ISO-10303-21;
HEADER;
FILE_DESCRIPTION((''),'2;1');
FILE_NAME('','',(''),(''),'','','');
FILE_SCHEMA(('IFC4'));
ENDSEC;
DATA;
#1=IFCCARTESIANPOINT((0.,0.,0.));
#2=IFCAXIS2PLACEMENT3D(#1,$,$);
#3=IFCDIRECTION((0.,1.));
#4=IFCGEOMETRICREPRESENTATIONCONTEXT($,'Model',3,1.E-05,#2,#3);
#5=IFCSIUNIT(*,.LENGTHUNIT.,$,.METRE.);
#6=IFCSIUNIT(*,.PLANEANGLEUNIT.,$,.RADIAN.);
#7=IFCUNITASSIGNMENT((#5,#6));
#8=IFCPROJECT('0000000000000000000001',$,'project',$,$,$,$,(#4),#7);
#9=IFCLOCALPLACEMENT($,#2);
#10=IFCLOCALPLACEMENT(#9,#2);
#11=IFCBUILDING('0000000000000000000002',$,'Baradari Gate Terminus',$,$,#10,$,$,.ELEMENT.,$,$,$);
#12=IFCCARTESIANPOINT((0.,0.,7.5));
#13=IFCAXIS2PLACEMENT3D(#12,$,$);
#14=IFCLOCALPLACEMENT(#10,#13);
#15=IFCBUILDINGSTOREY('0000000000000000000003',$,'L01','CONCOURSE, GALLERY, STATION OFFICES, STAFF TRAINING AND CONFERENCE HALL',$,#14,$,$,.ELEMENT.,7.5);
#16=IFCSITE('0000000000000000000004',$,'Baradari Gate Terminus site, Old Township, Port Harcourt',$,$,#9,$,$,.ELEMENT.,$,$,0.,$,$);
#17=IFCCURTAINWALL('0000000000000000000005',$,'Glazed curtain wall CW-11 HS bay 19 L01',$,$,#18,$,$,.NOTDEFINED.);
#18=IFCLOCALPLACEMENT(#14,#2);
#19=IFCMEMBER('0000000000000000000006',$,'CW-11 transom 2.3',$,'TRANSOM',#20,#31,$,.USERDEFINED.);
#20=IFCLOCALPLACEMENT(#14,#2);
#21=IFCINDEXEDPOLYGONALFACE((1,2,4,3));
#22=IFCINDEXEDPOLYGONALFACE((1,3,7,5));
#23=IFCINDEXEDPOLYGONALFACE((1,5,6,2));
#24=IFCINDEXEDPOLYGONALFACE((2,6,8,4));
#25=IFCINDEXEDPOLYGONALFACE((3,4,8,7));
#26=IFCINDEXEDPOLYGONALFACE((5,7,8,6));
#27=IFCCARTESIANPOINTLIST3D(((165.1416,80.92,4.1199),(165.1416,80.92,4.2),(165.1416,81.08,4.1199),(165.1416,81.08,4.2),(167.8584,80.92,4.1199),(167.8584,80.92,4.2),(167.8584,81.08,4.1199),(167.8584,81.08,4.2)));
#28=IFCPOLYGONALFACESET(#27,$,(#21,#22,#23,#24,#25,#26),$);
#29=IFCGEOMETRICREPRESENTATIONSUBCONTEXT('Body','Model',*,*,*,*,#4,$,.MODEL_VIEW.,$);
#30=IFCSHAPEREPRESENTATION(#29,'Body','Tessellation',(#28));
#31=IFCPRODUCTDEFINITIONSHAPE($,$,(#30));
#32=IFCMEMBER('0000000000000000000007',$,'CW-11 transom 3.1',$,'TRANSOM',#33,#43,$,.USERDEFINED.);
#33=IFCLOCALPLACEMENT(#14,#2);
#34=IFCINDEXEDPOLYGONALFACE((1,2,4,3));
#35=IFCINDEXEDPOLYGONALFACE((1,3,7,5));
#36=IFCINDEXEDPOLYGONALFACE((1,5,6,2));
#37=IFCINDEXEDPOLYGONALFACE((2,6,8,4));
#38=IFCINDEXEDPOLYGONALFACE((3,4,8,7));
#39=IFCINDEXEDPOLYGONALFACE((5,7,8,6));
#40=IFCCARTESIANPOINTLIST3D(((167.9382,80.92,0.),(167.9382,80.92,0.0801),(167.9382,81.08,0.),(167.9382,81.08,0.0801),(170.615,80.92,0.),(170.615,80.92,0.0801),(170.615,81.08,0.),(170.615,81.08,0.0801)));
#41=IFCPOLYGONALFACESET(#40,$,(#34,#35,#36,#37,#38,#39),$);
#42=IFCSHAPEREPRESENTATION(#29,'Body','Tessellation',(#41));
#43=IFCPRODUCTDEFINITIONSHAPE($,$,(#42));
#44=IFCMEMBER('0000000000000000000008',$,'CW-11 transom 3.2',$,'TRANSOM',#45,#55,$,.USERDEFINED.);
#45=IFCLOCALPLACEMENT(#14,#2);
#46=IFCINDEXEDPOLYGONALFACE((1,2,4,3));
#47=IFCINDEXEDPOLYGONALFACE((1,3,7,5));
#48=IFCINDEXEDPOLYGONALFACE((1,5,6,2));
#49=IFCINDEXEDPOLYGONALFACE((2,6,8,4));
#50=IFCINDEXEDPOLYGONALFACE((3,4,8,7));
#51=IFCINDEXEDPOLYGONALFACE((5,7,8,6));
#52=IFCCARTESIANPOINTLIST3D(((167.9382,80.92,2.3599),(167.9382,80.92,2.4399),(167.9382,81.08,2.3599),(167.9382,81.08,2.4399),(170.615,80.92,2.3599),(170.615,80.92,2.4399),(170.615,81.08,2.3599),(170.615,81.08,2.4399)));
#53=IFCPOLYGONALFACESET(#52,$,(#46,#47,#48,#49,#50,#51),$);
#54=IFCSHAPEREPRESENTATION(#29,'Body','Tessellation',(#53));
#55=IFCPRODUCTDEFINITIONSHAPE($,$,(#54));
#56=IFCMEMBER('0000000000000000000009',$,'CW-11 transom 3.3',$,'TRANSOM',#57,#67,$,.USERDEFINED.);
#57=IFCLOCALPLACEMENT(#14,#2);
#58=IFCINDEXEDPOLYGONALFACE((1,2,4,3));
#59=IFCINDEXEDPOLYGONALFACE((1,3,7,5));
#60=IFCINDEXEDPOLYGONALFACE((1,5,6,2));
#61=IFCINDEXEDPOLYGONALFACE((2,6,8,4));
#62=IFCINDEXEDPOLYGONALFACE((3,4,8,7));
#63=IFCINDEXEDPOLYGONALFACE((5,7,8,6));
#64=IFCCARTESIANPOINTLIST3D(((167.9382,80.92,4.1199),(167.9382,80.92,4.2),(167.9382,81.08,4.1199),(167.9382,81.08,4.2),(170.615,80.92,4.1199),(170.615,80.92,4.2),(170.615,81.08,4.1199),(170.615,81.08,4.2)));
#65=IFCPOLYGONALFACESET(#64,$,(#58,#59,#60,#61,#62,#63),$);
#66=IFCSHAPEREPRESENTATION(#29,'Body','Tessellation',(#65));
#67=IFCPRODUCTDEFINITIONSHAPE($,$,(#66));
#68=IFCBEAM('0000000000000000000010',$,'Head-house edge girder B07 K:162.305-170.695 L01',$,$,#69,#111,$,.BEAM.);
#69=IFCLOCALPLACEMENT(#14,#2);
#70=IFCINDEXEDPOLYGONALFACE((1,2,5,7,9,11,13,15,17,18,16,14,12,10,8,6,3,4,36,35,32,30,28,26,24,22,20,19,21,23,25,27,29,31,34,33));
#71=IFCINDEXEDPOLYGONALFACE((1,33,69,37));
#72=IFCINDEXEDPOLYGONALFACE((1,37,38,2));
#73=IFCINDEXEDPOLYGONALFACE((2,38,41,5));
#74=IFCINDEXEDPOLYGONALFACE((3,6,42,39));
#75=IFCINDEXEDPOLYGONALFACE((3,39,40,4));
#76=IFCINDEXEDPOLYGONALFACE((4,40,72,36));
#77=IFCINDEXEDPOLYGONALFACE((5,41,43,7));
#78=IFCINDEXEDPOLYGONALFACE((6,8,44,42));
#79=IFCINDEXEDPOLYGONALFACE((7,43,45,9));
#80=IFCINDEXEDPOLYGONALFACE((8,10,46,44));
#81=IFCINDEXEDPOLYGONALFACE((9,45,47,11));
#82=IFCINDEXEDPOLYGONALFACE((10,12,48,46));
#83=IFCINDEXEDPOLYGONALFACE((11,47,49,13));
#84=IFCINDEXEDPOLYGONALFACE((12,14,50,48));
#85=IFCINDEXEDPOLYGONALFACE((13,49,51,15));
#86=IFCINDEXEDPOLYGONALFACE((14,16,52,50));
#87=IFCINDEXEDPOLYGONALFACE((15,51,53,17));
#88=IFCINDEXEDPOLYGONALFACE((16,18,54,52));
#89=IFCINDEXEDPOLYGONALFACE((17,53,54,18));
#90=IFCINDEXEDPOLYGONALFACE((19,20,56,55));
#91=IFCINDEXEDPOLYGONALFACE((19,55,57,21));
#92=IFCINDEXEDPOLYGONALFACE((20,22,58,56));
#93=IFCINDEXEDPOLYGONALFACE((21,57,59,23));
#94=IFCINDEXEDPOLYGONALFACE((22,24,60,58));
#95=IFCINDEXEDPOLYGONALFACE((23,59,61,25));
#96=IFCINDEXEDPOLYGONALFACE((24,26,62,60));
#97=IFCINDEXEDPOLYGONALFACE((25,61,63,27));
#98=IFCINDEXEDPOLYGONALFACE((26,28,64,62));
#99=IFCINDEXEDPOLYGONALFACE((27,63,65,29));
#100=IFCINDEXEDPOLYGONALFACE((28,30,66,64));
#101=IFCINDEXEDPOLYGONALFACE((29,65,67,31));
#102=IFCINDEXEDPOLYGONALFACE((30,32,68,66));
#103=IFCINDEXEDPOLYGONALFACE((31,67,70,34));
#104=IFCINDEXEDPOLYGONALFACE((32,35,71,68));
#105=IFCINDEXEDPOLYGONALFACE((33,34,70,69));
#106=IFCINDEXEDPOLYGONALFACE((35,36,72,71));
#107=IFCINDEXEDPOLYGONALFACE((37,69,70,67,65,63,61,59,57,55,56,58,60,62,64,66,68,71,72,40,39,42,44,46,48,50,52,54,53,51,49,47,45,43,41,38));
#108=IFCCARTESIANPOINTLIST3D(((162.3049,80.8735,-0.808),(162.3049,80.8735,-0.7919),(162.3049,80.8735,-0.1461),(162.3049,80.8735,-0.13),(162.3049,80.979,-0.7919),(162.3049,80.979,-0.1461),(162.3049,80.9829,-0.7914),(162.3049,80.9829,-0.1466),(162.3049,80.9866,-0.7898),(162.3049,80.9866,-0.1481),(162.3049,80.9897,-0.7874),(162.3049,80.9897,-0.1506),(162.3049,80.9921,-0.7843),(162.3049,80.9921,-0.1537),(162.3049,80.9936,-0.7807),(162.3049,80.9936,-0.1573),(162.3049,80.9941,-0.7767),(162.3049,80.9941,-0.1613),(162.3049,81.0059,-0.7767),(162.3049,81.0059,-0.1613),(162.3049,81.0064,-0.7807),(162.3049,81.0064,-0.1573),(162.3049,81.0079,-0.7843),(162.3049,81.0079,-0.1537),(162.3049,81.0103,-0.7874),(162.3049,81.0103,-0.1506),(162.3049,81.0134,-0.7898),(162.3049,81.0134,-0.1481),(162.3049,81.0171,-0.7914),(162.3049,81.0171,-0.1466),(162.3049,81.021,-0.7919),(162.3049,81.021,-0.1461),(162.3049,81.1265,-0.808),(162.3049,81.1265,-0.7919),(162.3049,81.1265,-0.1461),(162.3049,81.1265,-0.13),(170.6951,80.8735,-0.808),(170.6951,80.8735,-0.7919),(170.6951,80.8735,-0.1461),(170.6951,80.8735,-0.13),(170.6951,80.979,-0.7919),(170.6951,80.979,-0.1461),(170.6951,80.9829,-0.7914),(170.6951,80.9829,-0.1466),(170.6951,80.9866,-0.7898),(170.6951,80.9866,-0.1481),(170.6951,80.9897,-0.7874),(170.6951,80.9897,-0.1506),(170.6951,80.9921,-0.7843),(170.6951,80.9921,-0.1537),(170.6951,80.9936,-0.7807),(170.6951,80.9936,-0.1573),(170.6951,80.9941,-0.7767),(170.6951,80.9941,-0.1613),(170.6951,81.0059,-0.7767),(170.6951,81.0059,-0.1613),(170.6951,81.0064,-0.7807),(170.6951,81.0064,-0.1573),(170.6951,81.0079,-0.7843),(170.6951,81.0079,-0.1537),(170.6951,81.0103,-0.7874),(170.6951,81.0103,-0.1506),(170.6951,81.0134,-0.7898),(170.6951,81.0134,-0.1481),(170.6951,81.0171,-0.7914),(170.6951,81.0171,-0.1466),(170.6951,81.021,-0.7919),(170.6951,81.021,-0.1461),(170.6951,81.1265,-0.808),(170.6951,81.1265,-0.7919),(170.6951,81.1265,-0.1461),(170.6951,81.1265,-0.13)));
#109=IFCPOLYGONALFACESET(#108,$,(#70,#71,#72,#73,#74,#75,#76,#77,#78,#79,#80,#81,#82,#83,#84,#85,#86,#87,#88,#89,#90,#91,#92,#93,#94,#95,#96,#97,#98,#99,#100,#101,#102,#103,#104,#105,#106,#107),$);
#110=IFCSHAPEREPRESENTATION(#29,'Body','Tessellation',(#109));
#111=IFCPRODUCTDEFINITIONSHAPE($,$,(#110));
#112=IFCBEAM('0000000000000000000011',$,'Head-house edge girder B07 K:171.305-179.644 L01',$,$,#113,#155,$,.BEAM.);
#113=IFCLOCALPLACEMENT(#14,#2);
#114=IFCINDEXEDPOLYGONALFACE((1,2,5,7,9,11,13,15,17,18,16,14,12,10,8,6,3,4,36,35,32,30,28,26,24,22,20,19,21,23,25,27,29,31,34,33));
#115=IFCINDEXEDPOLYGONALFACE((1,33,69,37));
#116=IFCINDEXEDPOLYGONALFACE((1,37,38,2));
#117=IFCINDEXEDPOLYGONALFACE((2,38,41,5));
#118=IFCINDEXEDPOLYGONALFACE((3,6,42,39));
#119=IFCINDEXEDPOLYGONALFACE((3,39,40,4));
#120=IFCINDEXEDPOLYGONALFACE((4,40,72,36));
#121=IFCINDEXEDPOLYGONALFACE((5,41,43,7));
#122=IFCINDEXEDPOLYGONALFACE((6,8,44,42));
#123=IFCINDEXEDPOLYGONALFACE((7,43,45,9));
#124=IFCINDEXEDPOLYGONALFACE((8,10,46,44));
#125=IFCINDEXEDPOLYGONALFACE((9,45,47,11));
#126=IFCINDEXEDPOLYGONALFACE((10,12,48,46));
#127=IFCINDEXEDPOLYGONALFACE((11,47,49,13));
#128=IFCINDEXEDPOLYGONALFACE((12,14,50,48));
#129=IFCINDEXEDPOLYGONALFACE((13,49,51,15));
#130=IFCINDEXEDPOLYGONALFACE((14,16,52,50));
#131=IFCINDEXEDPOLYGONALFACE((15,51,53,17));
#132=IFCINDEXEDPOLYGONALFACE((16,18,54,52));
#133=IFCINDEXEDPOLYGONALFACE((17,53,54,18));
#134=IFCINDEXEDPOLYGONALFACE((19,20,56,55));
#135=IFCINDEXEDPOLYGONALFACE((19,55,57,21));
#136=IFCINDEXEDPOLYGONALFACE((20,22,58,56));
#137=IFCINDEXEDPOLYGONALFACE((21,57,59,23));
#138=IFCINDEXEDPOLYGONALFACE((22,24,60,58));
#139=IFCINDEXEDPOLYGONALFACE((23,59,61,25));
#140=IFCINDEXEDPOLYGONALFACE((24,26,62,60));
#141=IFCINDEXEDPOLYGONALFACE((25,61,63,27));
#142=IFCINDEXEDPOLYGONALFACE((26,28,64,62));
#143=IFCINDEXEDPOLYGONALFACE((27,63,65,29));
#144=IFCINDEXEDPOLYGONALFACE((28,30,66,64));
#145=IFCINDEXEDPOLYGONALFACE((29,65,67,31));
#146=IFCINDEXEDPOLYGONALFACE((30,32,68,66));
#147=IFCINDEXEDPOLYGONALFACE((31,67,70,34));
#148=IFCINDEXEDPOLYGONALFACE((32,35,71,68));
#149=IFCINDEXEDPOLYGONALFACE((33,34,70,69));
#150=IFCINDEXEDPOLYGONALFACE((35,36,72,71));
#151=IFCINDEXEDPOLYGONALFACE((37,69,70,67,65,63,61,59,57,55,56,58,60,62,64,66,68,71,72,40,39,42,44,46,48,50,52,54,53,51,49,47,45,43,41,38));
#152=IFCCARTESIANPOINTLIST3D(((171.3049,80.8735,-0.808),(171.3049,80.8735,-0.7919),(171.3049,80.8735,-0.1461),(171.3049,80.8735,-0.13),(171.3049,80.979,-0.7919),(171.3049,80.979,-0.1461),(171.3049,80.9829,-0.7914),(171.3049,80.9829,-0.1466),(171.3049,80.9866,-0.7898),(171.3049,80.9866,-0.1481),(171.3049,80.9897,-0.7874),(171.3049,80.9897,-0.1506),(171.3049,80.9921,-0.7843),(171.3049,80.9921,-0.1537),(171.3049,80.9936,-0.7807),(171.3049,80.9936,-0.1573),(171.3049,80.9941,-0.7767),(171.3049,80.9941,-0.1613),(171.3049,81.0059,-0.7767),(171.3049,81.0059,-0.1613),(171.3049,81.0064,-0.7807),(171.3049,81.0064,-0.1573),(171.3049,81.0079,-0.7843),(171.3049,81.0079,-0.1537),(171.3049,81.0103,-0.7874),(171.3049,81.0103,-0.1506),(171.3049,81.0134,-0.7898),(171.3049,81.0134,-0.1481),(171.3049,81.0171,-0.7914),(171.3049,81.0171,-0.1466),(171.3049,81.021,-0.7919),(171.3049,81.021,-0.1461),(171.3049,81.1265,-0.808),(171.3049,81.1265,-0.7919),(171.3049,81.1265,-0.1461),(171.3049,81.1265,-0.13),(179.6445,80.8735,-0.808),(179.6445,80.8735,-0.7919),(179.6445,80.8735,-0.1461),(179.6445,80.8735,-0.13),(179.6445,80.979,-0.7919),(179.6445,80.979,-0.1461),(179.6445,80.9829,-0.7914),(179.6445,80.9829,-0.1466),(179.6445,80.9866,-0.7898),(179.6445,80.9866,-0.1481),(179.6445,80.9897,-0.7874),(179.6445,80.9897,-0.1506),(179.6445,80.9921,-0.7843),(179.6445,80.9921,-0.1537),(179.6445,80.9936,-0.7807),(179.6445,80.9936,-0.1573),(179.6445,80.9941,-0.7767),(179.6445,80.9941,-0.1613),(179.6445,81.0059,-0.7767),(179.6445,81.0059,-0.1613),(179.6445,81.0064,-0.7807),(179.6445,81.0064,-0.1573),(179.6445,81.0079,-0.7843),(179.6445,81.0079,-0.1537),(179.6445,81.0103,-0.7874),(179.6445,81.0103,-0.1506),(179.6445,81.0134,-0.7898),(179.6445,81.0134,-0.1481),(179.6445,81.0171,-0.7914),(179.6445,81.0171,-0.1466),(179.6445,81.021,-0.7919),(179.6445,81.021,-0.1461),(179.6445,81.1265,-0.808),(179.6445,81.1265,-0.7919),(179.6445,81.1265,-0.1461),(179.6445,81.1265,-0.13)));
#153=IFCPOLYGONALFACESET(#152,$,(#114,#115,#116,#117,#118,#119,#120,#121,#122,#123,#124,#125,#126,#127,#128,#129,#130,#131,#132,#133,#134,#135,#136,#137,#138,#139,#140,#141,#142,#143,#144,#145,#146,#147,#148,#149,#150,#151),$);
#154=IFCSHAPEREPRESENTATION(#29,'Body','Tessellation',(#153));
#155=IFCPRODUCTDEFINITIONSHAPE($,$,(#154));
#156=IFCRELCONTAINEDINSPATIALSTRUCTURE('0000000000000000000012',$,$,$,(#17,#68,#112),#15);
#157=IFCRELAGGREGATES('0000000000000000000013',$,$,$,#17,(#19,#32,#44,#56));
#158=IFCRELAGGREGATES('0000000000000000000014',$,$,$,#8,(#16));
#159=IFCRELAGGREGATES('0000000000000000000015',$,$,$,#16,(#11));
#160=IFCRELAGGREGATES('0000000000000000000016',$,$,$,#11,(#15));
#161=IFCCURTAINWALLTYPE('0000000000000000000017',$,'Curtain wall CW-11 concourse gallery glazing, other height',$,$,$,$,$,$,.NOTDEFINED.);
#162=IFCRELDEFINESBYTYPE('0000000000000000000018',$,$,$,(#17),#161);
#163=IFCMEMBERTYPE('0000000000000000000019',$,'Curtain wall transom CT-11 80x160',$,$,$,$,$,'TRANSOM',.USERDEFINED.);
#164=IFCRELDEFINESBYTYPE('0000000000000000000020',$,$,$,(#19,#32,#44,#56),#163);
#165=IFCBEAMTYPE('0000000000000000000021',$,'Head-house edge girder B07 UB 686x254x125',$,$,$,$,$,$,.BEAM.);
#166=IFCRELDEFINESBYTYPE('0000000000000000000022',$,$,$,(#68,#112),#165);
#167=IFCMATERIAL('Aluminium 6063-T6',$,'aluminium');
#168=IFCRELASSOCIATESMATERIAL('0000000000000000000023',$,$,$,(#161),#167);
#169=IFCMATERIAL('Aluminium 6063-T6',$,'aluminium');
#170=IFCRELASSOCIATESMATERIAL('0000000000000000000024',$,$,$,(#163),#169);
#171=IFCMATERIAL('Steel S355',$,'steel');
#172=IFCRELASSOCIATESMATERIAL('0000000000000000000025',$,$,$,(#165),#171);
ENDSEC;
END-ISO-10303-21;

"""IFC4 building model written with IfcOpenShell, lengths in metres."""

from ifc_helpers import new_model, si_unit, direction, frame, origin, origin_2d, place, context, subcontext, project, spatial, rectangle, i_section, extrude, material, material_profile, profile_set, type_object, element, aggregate, save


model = new_model("IFC4")

# Units and contexts
model_context = context("Model", 3, precision=1e-05, world=origin(), true_north=direction((0.0, 1.0)))
body_context = subcontext(model_context, "Body", "Model", "MODEL_VIEW")
ifc_project = project(units=[si_unit("LENGTHUNIT", "METRE"), si_unit("PLANEANGLEUNIT", "RADIAN")], contexts=[model_context])

# Site, building, storey
site_placement = place(None, origin())
site = spatial("IfcSite", under=ifc_project, at=site_placement, Name="Baradari Gate Terminus site, Old Township, Port Harcourt", CompositionType="ELEMENT", RefElevation=0.0)
building_placement = place(site_placement, origin())
building = spatial("IfcBuilding", under=site, at=building_placement, Name="Baradari Gate Terminus", CompositionType="ELEMENT")
storey_placement = place(building_placement, frame((0.0, 0.0, 7.5)))
storey = spatial("IfcBuildingStorey", under=building, at=storey_placement, Name="L01", Description="CONCOURSE, GALLERY, STATION OFFICES, STAFF TRAINING AND CONFERENCE HALL", CompositionType="ELEMENT", Elevation=7.5)

# Curtain wall, members
ifc_material_1 = material(Name="Aluminium 6063-T6", Category="aluminium")
curtain_wall_type = type_object("IfcCurtainWallType", Name="Curtain wall CW-11 concourse gallery glazing, other height", PredefinedType="NOTDEFINED", material=ifc_material_1)
curtain_wall_placement = place(storey_placement, origin())
curtain_wall = element("IfcCurtainWall", 1, at=curtain_wall_placement, inside=storey, type_object=curtain_wall_type, Name="Glazed curtain wall CW-11 HS bay 19 L01", PredefinedType="NOTDEFINED")
ifc_material_2 = material(Name="Aluminium 6063-T6", Category="aluminium")
ifc_material_profile_1 = material_profile(ifc_material_2, rectangle(XDim=0.1599, YDim=0.0801, at=origin_2d()), Name="CT-11 80X160")
ifc_profile_set_1 = profile_set([ifc_material_profile_1], Name="Aluminium 6063-T6")
member_type_1 = type_object("IfcMemberType", Name="Curtain wall transom CT-11 80x160", ElementType="TRANSOM", PredefinedType="USERDEFINED", material=ifc_profile_set_1)
member_1_placement = place(storey_placement, frame((165.1416, 81.0, 4.1599), z_axis=(1.0, 0.0, 0.0), x_axis=(0.0, 1.0, 0.0)))
member_1 = element("IfcMember", 2, at=member_1_placement, type_object=member_type_1, Name="CW-11 transom 2.3", ObjectType="TRANSOM", PredefinedType="USERDEFINED", context=body_context, shape_type="SweptSolid", body=[
    extrude(rectangle(XDim=0.1599, YDim=0.0801, at=origin_2d()), origin(), (0.0, 0.0, 1.0), 2.7168),
])
member_2_placement = place(storey_placement, frame((167.9382, 81.0, 0.04), z_axis=(1.0, 0.0, 0.0), x_axis=(0.0, 1.0, 0.0)))
member_2 = element("IfcMember", 3, at=member_2_placement, type_object=member_type_1, Name="CW-11 transom 3.1", ObjectType="TRANSOM", PredefinedType="USERDEFINED", context=body_context, shape_type="SweptSolid", body=[
    extrude(rectangle(XDim=0.1599, YDim=0.0801, at=origin_2d()), origin(), (0.0, 0.0, 1.0), 2.6768),
])
member_3_placement = place(storey_placement, frame((167.9382, 81.0, 2.3999), z_axis=(1.0, 0.0, 0.0), x_axis=(0.0, 1.0, 0.0)))
member_3 = element("IfcMember", 4, at=member_3_placement, type_object=member_type_1, Name="CW-11 transom 3.2", ObjectType="TRANSOM", PredefinedType="USERDEFINED", context=body_context, shape_type="SweptSolid", body=[
    extrude(rectangle(XDim=0.1599, YDim=0.0801, at=origin_2d()), origin(), (0.0, 0.0, 1.0), 2.6768),
])
member_4_placement = place(storey_placement, frame((167.9382, 81.0, 4.1599), z_axis=(1.0, 0.0, 0.0), x_axis=(0.0, 1.0, 0.0)))
member_4 = element("IfcMember", 5, at=member_4_placement, type_object=member_type_1, Name="CW-11 transom 3.3", ObjectType="TRANSOM", PredefinedType="USERDEFINED", context=body_context, shape_type="SweptSolid", body=[
    extrude(rectangle(XDim=0.1599, YDim=0.0801, at=origin_2d()), origin(), (0.0, 0.0, 1.0), 2.6768),
])

# Beams
ifc_material_3 = material(Name="Steel S355", Category="steel")
ifc_material_profile_2 = material_profile(ifc_material_3, i_section(OverallWidth=0.2529, OverallDepth=0.678, WebThickness=0.0117, FlangeThickness=0.0161, FilletRadius=0.0151, at=origin_2d()), Name="UB 686x254x125")
ifc_profile_set_2 = profile_set([ifc_material_profile_2], Name="Steel S355")
beam_type_1 = type_object("IfcBeamType", Name="Head-house edge girder B07 UB 686x254x125", PredefinedType="BEAM", material=ifc_profile_set_2)
beam_1_placement = place(storey_placement, frame((162.3049, 81.0, -0.469), z_axis=(1.0, 0.0, 0.0), x_axis=(0.0, 1.0, 0.0)))
element("IfcBeam", 6, at=beam_1_placement, inside=storey, type_object=beam_type_1, Name="Head-house edge girder B07 K:162.305-170.695 L01", PredefinedType="BEAM", context=body_context, shape_type="SweptSolid", body=[
    extrude(i_section(OverallWidth=0.2529, OverallDepth=0.678, WebThickness=0.0117, FlangeThickness=0.0161, FilletRadius=0.0151, at=origin_2d()), origin(), (0.0, 0.0, 1.0), 8.3901),
])
beam_2_placement = place(storey_placement, frame((171.3049, 81.0, -0.469), z_axis=(1.0, 0.0, 0.0), x_axis=(0.0, 1.0, 0.0)))
element("IfcBeam", 7, at=beam_2_placement, inside=storey, type_object=beam_type_1, Name="Head-house edge girder B07 K:171.305-179.644 L01", PredefinedType="BEAM", context=body_context, shape_type="SweptSolid", body=[
    extrude(i_section(OverallWidth=0.2529, OverallDepth=0.678, WebThickness=0.0117, FlangeThickness=0.0161, FilletRadius=0.0151, at=origin_2d()), origin(), (0.0, 0.0, 1.0), 8.3396),
])

aggregate(curtain_wall, [member_1, member_2, member_3, member_4])

save(model, "model.ifc")
